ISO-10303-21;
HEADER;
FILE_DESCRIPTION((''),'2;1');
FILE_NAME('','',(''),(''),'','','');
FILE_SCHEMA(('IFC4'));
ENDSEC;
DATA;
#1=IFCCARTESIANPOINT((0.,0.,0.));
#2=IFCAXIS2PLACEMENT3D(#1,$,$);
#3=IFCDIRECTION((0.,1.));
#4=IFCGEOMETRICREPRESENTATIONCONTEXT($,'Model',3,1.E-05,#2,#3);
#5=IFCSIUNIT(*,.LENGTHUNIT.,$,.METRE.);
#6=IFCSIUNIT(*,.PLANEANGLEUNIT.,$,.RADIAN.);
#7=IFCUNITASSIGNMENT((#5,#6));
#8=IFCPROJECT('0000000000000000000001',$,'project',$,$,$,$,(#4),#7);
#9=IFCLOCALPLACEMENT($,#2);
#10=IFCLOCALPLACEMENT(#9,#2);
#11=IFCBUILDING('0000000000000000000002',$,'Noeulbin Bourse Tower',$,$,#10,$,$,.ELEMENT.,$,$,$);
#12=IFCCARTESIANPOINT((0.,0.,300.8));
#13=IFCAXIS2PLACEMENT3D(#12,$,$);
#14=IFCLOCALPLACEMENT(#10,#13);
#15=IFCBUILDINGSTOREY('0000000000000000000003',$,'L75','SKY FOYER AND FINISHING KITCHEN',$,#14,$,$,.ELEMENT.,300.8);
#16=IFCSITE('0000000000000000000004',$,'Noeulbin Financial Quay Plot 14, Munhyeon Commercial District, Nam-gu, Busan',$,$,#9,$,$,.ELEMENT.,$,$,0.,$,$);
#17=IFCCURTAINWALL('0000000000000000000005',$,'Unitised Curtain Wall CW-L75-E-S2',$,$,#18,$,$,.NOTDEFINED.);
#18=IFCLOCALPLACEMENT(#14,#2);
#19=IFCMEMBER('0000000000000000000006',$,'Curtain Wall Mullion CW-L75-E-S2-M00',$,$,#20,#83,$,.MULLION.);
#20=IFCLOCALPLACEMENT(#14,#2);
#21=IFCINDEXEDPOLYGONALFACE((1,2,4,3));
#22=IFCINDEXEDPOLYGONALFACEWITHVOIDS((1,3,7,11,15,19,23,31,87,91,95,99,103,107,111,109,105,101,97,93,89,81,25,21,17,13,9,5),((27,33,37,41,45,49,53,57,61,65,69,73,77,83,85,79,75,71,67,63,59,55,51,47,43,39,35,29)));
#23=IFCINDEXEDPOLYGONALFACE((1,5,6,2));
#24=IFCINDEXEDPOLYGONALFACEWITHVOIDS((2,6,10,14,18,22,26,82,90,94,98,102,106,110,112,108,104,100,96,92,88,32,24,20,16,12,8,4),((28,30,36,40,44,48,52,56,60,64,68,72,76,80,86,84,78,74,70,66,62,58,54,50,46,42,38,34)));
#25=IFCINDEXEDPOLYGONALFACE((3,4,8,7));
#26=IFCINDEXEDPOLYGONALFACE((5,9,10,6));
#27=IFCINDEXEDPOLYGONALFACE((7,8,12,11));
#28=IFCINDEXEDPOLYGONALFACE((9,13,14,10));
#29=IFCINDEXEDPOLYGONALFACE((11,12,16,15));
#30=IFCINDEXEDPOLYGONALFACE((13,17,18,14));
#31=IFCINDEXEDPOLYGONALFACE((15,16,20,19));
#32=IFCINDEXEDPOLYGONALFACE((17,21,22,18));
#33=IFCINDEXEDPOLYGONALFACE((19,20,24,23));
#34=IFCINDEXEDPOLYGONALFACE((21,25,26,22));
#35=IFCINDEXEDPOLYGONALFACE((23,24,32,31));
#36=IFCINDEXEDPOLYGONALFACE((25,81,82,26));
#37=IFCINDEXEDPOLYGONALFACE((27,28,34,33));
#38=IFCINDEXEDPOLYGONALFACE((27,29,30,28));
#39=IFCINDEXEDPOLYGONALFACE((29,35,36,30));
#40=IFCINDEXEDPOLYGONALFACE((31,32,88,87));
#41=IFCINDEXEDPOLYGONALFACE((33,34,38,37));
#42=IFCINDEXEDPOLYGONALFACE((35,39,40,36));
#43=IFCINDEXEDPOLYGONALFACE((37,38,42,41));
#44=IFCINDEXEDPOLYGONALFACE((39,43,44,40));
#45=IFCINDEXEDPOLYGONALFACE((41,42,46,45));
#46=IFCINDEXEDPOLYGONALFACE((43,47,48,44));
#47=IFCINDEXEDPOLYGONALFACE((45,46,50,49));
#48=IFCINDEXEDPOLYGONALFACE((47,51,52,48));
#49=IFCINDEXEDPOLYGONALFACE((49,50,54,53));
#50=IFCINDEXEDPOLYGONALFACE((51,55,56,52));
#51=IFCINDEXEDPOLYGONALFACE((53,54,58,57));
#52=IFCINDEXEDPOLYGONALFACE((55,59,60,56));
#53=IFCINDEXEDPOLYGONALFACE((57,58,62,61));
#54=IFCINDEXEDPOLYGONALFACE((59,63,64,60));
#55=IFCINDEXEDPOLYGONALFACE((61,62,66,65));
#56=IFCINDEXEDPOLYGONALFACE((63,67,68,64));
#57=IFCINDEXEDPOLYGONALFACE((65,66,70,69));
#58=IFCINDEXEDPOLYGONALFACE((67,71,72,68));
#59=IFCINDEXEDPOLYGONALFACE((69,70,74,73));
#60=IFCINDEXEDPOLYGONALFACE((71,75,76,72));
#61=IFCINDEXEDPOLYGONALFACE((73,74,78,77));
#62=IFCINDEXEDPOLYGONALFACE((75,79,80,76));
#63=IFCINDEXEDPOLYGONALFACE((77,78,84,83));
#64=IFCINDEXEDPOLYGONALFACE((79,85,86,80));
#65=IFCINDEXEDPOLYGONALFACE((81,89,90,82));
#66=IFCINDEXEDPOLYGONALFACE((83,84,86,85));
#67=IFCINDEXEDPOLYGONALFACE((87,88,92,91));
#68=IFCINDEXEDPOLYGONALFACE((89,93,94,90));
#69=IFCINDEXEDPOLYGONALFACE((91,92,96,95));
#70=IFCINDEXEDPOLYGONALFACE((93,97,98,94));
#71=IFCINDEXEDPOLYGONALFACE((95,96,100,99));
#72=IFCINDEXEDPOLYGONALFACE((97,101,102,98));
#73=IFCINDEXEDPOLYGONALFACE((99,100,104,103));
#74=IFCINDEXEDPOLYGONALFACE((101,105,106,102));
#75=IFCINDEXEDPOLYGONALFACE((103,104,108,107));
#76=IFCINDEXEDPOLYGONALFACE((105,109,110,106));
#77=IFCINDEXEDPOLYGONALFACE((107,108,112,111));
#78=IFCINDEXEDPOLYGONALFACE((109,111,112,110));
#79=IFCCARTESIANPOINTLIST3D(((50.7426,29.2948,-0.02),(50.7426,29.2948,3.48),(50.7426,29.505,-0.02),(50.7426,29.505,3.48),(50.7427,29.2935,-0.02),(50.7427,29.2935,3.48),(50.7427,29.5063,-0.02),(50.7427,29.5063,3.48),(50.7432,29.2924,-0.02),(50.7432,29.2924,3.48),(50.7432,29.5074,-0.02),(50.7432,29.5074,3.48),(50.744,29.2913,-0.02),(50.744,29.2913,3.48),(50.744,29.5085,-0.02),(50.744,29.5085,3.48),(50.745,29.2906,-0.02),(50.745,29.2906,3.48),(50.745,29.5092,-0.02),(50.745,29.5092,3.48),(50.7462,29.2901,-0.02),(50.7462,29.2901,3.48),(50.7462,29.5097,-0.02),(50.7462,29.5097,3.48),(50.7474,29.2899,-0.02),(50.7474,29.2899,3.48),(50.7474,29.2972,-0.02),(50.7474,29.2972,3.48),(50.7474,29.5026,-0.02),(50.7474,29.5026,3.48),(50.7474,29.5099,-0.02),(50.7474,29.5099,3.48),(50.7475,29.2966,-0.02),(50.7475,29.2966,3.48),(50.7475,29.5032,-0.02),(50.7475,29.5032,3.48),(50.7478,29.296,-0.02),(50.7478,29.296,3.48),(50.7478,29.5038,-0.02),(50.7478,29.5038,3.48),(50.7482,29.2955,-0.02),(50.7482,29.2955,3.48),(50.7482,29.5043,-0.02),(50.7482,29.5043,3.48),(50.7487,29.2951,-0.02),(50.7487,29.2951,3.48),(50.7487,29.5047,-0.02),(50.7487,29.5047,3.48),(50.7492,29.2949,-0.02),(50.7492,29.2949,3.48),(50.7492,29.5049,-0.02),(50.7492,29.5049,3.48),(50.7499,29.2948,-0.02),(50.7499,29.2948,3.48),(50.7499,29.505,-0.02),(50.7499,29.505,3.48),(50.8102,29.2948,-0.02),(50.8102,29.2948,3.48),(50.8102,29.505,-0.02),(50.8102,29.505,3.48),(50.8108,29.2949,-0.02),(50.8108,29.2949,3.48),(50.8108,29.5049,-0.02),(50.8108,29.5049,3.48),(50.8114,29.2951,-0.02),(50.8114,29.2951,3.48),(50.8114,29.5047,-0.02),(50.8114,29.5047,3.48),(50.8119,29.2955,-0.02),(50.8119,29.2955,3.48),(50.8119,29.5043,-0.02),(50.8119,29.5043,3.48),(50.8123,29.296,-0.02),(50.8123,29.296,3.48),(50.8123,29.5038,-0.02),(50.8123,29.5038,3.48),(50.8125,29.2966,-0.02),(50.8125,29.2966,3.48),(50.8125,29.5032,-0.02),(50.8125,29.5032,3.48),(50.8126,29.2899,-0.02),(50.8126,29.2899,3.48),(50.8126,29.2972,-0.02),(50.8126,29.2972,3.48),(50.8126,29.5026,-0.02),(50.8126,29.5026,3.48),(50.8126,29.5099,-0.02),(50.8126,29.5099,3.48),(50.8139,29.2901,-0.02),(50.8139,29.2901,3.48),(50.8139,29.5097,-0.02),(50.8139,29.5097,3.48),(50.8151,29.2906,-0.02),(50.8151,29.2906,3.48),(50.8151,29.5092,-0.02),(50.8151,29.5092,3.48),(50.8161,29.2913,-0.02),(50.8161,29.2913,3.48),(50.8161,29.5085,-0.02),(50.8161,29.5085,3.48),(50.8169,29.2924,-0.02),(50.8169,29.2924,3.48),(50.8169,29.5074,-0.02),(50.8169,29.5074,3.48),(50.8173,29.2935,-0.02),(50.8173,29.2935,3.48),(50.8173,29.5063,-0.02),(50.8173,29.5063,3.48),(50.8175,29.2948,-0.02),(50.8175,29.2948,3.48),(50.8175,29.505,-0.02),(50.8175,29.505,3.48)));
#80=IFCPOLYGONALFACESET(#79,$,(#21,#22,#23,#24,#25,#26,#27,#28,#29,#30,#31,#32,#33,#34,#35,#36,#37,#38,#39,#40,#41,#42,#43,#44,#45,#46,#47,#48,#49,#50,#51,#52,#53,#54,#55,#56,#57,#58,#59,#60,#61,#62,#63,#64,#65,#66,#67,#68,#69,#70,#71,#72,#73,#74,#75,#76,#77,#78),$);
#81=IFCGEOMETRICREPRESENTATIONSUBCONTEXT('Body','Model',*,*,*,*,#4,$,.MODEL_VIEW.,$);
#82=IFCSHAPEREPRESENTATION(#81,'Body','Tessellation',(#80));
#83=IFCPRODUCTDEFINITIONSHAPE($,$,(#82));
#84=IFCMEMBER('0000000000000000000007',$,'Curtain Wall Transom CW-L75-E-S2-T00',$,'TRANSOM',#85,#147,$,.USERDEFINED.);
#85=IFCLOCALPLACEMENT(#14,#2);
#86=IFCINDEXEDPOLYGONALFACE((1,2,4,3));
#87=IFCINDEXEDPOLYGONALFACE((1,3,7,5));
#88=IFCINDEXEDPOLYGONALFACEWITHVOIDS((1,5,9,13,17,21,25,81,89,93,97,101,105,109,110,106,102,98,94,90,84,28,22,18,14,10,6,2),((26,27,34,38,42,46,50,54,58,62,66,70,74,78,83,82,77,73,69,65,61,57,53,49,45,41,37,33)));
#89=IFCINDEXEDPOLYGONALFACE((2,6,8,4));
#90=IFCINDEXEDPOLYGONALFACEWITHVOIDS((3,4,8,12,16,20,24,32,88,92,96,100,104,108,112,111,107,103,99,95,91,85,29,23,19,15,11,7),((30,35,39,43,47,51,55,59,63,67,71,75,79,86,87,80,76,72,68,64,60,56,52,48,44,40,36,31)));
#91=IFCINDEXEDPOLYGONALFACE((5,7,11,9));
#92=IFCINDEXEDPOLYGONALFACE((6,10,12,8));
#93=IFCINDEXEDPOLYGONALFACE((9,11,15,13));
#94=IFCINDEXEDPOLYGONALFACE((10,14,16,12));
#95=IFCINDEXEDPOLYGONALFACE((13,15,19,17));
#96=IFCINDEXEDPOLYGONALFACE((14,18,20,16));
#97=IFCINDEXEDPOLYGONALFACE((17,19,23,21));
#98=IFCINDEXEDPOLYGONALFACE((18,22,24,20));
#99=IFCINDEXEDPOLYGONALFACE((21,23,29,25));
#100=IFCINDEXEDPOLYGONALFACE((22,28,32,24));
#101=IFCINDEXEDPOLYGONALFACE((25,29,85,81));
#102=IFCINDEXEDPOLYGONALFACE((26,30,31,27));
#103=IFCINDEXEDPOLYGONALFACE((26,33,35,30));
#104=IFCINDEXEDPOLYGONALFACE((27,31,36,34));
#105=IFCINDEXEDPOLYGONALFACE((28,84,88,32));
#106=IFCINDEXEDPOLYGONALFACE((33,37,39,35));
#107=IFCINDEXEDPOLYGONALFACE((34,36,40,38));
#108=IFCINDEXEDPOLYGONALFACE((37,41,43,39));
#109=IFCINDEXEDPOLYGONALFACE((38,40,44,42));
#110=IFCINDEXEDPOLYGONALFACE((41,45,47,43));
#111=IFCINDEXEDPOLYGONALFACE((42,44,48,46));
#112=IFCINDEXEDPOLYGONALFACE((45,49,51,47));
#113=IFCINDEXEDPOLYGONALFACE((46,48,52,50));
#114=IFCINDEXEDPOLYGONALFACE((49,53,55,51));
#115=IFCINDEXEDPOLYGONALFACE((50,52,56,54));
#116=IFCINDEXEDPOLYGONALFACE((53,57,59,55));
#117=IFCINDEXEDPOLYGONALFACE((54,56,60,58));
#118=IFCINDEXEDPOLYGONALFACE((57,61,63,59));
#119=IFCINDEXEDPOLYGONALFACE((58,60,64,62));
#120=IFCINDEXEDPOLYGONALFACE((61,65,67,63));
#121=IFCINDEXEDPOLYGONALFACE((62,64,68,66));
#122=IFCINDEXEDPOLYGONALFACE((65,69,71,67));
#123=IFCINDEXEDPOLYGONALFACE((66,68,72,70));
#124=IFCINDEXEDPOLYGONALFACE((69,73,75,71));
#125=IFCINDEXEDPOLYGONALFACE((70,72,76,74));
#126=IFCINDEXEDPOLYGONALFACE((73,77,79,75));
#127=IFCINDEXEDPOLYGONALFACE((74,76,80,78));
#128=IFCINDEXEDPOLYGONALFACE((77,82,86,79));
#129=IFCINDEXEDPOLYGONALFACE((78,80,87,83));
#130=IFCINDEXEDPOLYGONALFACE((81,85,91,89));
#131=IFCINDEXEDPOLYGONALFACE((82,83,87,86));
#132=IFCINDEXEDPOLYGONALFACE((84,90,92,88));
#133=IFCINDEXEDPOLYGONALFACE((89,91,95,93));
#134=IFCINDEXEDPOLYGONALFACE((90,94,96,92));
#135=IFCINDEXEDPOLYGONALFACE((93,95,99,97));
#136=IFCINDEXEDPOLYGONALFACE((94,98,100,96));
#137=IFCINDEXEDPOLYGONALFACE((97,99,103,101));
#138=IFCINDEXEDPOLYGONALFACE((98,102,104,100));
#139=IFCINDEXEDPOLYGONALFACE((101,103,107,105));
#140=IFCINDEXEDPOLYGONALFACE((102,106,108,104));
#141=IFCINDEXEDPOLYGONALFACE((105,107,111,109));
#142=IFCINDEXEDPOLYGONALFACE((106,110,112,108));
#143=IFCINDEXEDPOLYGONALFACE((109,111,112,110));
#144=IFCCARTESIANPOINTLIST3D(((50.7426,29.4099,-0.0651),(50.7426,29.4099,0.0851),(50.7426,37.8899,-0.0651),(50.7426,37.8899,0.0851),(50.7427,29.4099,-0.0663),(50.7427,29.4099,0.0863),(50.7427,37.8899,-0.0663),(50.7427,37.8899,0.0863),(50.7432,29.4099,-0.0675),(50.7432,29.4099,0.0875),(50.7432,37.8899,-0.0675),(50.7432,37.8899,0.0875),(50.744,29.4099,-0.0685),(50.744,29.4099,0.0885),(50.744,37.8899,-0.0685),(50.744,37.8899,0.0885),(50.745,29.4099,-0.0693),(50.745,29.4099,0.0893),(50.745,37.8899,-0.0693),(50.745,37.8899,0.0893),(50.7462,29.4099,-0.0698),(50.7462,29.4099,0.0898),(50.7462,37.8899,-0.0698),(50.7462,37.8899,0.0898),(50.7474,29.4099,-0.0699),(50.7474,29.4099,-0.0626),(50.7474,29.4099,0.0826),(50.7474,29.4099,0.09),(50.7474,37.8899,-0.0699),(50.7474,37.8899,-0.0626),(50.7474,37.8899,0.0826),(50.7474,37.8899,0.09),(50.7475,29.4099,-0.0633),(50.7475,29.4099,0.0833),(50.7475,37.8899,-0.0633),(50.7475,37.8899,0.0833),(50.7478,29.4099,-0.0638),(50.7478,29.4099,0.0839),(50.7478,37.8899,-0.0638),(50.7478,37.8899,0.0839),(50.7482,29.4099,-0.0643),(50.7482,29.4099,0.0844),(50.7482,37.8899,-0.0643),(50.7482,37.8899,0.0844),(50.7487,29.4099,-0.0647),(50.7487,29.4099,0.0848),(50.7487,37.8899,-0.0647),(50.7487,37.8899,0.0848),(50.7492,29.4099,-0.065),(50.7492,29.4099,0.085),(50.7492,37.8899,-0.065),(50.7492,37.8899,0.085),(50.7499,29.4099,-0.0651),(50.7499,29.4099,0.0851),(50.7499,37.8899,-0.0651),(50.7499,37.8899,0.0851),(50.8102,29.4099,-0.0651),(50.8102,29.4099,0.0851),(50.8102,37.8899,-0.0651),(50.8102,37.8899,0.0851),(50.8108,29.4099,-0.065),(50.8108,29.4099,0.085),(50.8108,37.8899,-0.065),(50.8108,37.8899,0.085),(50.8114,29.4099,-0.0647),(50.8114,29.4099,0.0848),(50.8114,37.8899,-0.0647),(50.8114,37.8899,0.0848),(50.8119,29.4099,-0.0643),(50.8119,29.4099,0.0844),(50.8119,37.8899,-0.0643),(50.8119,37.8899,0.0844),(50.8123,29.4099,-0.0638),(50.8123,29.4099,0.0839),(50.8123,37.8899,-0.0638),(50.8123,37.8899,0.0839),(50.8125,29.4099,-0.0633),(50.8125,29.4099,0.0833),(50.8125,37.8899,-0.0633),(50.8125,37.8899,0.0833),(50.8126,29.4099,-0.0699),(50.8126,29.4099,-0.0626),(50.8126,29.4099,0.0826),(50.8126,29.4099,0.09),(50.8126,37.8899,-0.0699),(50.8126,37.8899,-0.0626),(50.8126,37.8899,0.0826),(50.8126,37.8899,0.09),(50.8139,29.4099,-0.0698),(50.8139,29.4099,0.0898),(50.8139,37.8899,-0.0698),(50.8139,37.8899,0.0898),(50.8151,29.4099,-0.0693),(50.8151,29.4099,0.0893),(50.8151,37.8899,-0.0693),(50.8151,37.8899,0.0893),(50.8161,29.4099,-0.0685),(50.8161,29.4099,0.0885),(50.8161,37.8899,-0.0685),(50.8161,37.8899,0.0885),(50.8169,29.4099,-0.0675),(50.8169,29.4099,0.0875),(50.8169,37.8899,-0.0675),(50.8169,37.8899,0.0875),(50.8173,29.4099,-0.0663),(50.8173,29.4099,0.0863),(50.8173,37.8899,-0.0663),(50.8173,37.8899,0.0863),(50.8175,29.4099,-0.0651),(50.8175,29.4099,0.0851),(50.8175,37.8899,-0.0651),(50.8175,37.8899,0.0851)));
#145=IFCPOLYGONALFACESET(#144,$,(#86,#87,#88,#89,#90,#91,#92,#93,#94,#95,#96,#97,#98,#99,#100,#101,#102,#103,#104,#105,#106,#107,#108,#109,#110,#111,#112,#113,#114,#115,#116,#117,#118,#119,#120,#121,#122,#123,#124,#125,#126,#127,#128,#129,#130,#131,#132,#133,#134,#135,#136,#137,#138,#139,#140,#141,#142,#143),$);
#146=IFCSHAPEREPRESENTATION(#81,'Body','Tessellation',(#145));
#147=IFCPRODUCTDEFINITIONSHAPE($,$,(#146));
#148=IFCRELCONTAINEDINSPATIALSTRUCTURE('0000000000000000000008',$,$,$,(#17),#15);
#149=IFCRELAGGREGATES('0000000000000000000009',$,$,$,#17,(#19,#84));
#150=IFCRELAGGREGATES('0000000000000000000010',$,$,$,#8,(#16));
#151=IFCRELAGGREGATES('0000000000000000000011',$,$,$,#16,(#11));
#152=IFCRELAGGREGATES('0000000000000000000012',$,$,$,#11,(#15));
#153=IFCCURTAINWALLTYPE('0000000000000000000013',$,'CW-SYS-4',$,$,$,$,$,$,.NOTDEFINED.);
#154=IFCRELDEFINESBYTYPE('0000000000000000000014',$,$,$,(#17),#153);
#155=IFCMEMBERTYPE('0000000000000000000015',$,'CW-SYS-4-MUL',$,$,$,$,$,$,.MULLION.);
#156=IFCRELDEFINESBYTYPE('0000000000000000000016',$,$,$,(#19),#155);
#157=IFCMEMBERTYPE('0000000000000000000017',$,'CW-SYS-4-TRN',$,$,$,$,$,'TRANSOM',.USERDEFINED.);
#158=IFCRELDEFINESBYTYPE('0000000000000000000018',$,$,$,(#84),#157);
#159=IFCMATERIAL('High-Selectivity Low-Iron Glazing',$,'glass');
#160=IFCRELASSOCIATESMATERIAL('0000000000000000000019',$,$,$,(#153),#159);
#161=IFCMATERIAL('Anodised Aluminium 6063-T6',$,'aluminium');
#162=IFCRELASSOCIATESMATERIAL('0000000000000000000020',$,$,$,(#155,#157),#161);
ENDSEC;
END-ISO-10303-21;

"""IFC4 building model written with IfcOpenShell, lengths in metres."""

from ifc_helpers import new_model, si_unit, direction, frame, origin, origin_2d, place, context, subcontext, project, spatial, hollow_rectangle, extrude, material, material_profile, profile_set, type_object, element, aggregate, save


model = new_model("IFC4")

# Units and contexts
model_context = context("Model", 3, precision=1e-05, world=origin(), true_north=direction((0.0, 1.0)))
body_context = subcontext(model_context, "Body", "Model", "MODEL_VIEW")
ifc_project = project(units=[si_unit("LENGTHUNIT", "METRE"), si_unit("PLANEANGLEUNIT", "RADIAN")], contexts=[model_context])

# Site, building, storey
site_placement = place(None, origin())
site = spatial("IfcSite", under=ifc_project, at=site_placement, Name="Noeulbin Financial Quay Plot 14, Munhyeon Commercial District, Nam-gu, Busan", CompositionType="ELEMENT", RefElevation=0.0)
building_placement = place(site_placement, origin())
building = spatial("IfcBuilding", under=site, at=building_placement, Name="Noeulbin Bourse Tower", CompositionType="ELEMENT")
storey_placement = place(building_placement, frame((0.0, 0.0, 300.8)))
storey = spatial("IfcBuildingStorey", under=building, at=storey_placement, Name="L75", Description="SKY FOYER AND FINISHING KITCHEN", CompositionType="ELEMENT", Elevation=300.8)

# Curtain wall, members
ifc_material_1 = material(Name="High-Selectivity Low-Iron Glazing", Category="glass")
curtain_wall_type = type_object("IfcCurtainWallType", Name="CW-SYS-4", PredefinedType="NOTDEFINED", material=ifc_material_1)
ifc_material_2 = material(Name="Anodised Aluminium 6063-T6", Category="aluminium")
ifc_material_profile_1 = material_profile(ifc_material_2, hollow_rectangle(XDim=0.075, YDim=0.22, WallThickness=0.0049, InnerFilletRadius=0.0024, OuterFilletRadius=0.0049, at=origin_2d()), Name="ALU-MULL-75x220x5", Category="LoadBearing")
ifc_profile_set_1 = profile_set([ifc_material_profile_1], Name="Anodised Aluminium 6063-T6")
member_type_1 = type_object("IfcMemberType", Name="CW-SYS-4-MUL", PredefinedType="MULLION", material=ifc_profile_set_1)
curtain_wall_1_placement = place(storey_placement, origin())
curtain_wall_1 = element("IfcCurtainWall", 1, at=curtain_wall_1_placement, inside=storey, type_object=curtain_wall_type, Name="Unitised Curtain Wall CW-L75-E-S2", PredefinedType="NOTDEFINED")
member_1_placement = place(storey_placement, frame((50.78, 29.3999, -0.02), z_axis=(0.0, 0.0, 1.0), x_axis=(1.0, 0.0, 0.0)))
member_1 = element("IfcMember", 2, at=member_1_placement, type_object=member_type_1, Name="Curtain Wall Mullion CW-L75-E-S2-M00", PredefinedType="MULLION", context=body_context, shape_type="SweptSolid", body=[
    extrude(hollow_rectangle(XDim=0.075, YDim=0.22, WallThickness=0.0049, InnerFilletRadius=0.0024, OuterFilletRadius=0.0049, at=origin_2d()), origin(), (0.0, 0.0, 1.0), 3.5),
])
ifc_material_profile_2 = material_profile(ifc_material_2, hollow_rectangle(XDim=0.075, YDim=0.1599, WallThickness=0.0049, InnerFilletRadius=0.0024, OuterFilletRadius=0.0049, at=origin_2d()), Name="ALU-TRAN-75x160x5", Category="LoadBearing")
ifc_profile_set_2 = profile_set([ifc_material_profile_2], Name="Anodised Aluminium 6063-T6")
member_type_2 = type_object("IfcMemberType", Name="CW-SYS-4-TRN", ElementType="TRANSOM", PredefinedType="USERDEFINED", material=ifc_profile_set_2)
member_2_placement = place(storey_placement, frame((50.78, 29.4099, 0.01), z_axis=(0.0, 1.0, 0.0), x_axis=(-1.0, 0.0, 0.0)))
member_2 = element("IfcMember", 3, at=member_2_placement, type_object=member_type_2, Name="Curtain Wall Transom CW-L75-E-S2-T00", ObjectType="TRANSOM", PredefinedType="USERDEFINED", context=body_context, shape_type="SweptSolid", body=[
    extrude(hollow_rectangle(XDim=0.075, YDim=0.1599, WallThickness=0.0049, InnerFilletRadius=0.0024, OuterFilletRadius=0.0049, at=origin_2d()), origin(), (0.0, 0.0, 1.0), 8.48),
])

aggregate(curtain_wall_1, [member_1, member_2])

save(model, "model.ifc")
